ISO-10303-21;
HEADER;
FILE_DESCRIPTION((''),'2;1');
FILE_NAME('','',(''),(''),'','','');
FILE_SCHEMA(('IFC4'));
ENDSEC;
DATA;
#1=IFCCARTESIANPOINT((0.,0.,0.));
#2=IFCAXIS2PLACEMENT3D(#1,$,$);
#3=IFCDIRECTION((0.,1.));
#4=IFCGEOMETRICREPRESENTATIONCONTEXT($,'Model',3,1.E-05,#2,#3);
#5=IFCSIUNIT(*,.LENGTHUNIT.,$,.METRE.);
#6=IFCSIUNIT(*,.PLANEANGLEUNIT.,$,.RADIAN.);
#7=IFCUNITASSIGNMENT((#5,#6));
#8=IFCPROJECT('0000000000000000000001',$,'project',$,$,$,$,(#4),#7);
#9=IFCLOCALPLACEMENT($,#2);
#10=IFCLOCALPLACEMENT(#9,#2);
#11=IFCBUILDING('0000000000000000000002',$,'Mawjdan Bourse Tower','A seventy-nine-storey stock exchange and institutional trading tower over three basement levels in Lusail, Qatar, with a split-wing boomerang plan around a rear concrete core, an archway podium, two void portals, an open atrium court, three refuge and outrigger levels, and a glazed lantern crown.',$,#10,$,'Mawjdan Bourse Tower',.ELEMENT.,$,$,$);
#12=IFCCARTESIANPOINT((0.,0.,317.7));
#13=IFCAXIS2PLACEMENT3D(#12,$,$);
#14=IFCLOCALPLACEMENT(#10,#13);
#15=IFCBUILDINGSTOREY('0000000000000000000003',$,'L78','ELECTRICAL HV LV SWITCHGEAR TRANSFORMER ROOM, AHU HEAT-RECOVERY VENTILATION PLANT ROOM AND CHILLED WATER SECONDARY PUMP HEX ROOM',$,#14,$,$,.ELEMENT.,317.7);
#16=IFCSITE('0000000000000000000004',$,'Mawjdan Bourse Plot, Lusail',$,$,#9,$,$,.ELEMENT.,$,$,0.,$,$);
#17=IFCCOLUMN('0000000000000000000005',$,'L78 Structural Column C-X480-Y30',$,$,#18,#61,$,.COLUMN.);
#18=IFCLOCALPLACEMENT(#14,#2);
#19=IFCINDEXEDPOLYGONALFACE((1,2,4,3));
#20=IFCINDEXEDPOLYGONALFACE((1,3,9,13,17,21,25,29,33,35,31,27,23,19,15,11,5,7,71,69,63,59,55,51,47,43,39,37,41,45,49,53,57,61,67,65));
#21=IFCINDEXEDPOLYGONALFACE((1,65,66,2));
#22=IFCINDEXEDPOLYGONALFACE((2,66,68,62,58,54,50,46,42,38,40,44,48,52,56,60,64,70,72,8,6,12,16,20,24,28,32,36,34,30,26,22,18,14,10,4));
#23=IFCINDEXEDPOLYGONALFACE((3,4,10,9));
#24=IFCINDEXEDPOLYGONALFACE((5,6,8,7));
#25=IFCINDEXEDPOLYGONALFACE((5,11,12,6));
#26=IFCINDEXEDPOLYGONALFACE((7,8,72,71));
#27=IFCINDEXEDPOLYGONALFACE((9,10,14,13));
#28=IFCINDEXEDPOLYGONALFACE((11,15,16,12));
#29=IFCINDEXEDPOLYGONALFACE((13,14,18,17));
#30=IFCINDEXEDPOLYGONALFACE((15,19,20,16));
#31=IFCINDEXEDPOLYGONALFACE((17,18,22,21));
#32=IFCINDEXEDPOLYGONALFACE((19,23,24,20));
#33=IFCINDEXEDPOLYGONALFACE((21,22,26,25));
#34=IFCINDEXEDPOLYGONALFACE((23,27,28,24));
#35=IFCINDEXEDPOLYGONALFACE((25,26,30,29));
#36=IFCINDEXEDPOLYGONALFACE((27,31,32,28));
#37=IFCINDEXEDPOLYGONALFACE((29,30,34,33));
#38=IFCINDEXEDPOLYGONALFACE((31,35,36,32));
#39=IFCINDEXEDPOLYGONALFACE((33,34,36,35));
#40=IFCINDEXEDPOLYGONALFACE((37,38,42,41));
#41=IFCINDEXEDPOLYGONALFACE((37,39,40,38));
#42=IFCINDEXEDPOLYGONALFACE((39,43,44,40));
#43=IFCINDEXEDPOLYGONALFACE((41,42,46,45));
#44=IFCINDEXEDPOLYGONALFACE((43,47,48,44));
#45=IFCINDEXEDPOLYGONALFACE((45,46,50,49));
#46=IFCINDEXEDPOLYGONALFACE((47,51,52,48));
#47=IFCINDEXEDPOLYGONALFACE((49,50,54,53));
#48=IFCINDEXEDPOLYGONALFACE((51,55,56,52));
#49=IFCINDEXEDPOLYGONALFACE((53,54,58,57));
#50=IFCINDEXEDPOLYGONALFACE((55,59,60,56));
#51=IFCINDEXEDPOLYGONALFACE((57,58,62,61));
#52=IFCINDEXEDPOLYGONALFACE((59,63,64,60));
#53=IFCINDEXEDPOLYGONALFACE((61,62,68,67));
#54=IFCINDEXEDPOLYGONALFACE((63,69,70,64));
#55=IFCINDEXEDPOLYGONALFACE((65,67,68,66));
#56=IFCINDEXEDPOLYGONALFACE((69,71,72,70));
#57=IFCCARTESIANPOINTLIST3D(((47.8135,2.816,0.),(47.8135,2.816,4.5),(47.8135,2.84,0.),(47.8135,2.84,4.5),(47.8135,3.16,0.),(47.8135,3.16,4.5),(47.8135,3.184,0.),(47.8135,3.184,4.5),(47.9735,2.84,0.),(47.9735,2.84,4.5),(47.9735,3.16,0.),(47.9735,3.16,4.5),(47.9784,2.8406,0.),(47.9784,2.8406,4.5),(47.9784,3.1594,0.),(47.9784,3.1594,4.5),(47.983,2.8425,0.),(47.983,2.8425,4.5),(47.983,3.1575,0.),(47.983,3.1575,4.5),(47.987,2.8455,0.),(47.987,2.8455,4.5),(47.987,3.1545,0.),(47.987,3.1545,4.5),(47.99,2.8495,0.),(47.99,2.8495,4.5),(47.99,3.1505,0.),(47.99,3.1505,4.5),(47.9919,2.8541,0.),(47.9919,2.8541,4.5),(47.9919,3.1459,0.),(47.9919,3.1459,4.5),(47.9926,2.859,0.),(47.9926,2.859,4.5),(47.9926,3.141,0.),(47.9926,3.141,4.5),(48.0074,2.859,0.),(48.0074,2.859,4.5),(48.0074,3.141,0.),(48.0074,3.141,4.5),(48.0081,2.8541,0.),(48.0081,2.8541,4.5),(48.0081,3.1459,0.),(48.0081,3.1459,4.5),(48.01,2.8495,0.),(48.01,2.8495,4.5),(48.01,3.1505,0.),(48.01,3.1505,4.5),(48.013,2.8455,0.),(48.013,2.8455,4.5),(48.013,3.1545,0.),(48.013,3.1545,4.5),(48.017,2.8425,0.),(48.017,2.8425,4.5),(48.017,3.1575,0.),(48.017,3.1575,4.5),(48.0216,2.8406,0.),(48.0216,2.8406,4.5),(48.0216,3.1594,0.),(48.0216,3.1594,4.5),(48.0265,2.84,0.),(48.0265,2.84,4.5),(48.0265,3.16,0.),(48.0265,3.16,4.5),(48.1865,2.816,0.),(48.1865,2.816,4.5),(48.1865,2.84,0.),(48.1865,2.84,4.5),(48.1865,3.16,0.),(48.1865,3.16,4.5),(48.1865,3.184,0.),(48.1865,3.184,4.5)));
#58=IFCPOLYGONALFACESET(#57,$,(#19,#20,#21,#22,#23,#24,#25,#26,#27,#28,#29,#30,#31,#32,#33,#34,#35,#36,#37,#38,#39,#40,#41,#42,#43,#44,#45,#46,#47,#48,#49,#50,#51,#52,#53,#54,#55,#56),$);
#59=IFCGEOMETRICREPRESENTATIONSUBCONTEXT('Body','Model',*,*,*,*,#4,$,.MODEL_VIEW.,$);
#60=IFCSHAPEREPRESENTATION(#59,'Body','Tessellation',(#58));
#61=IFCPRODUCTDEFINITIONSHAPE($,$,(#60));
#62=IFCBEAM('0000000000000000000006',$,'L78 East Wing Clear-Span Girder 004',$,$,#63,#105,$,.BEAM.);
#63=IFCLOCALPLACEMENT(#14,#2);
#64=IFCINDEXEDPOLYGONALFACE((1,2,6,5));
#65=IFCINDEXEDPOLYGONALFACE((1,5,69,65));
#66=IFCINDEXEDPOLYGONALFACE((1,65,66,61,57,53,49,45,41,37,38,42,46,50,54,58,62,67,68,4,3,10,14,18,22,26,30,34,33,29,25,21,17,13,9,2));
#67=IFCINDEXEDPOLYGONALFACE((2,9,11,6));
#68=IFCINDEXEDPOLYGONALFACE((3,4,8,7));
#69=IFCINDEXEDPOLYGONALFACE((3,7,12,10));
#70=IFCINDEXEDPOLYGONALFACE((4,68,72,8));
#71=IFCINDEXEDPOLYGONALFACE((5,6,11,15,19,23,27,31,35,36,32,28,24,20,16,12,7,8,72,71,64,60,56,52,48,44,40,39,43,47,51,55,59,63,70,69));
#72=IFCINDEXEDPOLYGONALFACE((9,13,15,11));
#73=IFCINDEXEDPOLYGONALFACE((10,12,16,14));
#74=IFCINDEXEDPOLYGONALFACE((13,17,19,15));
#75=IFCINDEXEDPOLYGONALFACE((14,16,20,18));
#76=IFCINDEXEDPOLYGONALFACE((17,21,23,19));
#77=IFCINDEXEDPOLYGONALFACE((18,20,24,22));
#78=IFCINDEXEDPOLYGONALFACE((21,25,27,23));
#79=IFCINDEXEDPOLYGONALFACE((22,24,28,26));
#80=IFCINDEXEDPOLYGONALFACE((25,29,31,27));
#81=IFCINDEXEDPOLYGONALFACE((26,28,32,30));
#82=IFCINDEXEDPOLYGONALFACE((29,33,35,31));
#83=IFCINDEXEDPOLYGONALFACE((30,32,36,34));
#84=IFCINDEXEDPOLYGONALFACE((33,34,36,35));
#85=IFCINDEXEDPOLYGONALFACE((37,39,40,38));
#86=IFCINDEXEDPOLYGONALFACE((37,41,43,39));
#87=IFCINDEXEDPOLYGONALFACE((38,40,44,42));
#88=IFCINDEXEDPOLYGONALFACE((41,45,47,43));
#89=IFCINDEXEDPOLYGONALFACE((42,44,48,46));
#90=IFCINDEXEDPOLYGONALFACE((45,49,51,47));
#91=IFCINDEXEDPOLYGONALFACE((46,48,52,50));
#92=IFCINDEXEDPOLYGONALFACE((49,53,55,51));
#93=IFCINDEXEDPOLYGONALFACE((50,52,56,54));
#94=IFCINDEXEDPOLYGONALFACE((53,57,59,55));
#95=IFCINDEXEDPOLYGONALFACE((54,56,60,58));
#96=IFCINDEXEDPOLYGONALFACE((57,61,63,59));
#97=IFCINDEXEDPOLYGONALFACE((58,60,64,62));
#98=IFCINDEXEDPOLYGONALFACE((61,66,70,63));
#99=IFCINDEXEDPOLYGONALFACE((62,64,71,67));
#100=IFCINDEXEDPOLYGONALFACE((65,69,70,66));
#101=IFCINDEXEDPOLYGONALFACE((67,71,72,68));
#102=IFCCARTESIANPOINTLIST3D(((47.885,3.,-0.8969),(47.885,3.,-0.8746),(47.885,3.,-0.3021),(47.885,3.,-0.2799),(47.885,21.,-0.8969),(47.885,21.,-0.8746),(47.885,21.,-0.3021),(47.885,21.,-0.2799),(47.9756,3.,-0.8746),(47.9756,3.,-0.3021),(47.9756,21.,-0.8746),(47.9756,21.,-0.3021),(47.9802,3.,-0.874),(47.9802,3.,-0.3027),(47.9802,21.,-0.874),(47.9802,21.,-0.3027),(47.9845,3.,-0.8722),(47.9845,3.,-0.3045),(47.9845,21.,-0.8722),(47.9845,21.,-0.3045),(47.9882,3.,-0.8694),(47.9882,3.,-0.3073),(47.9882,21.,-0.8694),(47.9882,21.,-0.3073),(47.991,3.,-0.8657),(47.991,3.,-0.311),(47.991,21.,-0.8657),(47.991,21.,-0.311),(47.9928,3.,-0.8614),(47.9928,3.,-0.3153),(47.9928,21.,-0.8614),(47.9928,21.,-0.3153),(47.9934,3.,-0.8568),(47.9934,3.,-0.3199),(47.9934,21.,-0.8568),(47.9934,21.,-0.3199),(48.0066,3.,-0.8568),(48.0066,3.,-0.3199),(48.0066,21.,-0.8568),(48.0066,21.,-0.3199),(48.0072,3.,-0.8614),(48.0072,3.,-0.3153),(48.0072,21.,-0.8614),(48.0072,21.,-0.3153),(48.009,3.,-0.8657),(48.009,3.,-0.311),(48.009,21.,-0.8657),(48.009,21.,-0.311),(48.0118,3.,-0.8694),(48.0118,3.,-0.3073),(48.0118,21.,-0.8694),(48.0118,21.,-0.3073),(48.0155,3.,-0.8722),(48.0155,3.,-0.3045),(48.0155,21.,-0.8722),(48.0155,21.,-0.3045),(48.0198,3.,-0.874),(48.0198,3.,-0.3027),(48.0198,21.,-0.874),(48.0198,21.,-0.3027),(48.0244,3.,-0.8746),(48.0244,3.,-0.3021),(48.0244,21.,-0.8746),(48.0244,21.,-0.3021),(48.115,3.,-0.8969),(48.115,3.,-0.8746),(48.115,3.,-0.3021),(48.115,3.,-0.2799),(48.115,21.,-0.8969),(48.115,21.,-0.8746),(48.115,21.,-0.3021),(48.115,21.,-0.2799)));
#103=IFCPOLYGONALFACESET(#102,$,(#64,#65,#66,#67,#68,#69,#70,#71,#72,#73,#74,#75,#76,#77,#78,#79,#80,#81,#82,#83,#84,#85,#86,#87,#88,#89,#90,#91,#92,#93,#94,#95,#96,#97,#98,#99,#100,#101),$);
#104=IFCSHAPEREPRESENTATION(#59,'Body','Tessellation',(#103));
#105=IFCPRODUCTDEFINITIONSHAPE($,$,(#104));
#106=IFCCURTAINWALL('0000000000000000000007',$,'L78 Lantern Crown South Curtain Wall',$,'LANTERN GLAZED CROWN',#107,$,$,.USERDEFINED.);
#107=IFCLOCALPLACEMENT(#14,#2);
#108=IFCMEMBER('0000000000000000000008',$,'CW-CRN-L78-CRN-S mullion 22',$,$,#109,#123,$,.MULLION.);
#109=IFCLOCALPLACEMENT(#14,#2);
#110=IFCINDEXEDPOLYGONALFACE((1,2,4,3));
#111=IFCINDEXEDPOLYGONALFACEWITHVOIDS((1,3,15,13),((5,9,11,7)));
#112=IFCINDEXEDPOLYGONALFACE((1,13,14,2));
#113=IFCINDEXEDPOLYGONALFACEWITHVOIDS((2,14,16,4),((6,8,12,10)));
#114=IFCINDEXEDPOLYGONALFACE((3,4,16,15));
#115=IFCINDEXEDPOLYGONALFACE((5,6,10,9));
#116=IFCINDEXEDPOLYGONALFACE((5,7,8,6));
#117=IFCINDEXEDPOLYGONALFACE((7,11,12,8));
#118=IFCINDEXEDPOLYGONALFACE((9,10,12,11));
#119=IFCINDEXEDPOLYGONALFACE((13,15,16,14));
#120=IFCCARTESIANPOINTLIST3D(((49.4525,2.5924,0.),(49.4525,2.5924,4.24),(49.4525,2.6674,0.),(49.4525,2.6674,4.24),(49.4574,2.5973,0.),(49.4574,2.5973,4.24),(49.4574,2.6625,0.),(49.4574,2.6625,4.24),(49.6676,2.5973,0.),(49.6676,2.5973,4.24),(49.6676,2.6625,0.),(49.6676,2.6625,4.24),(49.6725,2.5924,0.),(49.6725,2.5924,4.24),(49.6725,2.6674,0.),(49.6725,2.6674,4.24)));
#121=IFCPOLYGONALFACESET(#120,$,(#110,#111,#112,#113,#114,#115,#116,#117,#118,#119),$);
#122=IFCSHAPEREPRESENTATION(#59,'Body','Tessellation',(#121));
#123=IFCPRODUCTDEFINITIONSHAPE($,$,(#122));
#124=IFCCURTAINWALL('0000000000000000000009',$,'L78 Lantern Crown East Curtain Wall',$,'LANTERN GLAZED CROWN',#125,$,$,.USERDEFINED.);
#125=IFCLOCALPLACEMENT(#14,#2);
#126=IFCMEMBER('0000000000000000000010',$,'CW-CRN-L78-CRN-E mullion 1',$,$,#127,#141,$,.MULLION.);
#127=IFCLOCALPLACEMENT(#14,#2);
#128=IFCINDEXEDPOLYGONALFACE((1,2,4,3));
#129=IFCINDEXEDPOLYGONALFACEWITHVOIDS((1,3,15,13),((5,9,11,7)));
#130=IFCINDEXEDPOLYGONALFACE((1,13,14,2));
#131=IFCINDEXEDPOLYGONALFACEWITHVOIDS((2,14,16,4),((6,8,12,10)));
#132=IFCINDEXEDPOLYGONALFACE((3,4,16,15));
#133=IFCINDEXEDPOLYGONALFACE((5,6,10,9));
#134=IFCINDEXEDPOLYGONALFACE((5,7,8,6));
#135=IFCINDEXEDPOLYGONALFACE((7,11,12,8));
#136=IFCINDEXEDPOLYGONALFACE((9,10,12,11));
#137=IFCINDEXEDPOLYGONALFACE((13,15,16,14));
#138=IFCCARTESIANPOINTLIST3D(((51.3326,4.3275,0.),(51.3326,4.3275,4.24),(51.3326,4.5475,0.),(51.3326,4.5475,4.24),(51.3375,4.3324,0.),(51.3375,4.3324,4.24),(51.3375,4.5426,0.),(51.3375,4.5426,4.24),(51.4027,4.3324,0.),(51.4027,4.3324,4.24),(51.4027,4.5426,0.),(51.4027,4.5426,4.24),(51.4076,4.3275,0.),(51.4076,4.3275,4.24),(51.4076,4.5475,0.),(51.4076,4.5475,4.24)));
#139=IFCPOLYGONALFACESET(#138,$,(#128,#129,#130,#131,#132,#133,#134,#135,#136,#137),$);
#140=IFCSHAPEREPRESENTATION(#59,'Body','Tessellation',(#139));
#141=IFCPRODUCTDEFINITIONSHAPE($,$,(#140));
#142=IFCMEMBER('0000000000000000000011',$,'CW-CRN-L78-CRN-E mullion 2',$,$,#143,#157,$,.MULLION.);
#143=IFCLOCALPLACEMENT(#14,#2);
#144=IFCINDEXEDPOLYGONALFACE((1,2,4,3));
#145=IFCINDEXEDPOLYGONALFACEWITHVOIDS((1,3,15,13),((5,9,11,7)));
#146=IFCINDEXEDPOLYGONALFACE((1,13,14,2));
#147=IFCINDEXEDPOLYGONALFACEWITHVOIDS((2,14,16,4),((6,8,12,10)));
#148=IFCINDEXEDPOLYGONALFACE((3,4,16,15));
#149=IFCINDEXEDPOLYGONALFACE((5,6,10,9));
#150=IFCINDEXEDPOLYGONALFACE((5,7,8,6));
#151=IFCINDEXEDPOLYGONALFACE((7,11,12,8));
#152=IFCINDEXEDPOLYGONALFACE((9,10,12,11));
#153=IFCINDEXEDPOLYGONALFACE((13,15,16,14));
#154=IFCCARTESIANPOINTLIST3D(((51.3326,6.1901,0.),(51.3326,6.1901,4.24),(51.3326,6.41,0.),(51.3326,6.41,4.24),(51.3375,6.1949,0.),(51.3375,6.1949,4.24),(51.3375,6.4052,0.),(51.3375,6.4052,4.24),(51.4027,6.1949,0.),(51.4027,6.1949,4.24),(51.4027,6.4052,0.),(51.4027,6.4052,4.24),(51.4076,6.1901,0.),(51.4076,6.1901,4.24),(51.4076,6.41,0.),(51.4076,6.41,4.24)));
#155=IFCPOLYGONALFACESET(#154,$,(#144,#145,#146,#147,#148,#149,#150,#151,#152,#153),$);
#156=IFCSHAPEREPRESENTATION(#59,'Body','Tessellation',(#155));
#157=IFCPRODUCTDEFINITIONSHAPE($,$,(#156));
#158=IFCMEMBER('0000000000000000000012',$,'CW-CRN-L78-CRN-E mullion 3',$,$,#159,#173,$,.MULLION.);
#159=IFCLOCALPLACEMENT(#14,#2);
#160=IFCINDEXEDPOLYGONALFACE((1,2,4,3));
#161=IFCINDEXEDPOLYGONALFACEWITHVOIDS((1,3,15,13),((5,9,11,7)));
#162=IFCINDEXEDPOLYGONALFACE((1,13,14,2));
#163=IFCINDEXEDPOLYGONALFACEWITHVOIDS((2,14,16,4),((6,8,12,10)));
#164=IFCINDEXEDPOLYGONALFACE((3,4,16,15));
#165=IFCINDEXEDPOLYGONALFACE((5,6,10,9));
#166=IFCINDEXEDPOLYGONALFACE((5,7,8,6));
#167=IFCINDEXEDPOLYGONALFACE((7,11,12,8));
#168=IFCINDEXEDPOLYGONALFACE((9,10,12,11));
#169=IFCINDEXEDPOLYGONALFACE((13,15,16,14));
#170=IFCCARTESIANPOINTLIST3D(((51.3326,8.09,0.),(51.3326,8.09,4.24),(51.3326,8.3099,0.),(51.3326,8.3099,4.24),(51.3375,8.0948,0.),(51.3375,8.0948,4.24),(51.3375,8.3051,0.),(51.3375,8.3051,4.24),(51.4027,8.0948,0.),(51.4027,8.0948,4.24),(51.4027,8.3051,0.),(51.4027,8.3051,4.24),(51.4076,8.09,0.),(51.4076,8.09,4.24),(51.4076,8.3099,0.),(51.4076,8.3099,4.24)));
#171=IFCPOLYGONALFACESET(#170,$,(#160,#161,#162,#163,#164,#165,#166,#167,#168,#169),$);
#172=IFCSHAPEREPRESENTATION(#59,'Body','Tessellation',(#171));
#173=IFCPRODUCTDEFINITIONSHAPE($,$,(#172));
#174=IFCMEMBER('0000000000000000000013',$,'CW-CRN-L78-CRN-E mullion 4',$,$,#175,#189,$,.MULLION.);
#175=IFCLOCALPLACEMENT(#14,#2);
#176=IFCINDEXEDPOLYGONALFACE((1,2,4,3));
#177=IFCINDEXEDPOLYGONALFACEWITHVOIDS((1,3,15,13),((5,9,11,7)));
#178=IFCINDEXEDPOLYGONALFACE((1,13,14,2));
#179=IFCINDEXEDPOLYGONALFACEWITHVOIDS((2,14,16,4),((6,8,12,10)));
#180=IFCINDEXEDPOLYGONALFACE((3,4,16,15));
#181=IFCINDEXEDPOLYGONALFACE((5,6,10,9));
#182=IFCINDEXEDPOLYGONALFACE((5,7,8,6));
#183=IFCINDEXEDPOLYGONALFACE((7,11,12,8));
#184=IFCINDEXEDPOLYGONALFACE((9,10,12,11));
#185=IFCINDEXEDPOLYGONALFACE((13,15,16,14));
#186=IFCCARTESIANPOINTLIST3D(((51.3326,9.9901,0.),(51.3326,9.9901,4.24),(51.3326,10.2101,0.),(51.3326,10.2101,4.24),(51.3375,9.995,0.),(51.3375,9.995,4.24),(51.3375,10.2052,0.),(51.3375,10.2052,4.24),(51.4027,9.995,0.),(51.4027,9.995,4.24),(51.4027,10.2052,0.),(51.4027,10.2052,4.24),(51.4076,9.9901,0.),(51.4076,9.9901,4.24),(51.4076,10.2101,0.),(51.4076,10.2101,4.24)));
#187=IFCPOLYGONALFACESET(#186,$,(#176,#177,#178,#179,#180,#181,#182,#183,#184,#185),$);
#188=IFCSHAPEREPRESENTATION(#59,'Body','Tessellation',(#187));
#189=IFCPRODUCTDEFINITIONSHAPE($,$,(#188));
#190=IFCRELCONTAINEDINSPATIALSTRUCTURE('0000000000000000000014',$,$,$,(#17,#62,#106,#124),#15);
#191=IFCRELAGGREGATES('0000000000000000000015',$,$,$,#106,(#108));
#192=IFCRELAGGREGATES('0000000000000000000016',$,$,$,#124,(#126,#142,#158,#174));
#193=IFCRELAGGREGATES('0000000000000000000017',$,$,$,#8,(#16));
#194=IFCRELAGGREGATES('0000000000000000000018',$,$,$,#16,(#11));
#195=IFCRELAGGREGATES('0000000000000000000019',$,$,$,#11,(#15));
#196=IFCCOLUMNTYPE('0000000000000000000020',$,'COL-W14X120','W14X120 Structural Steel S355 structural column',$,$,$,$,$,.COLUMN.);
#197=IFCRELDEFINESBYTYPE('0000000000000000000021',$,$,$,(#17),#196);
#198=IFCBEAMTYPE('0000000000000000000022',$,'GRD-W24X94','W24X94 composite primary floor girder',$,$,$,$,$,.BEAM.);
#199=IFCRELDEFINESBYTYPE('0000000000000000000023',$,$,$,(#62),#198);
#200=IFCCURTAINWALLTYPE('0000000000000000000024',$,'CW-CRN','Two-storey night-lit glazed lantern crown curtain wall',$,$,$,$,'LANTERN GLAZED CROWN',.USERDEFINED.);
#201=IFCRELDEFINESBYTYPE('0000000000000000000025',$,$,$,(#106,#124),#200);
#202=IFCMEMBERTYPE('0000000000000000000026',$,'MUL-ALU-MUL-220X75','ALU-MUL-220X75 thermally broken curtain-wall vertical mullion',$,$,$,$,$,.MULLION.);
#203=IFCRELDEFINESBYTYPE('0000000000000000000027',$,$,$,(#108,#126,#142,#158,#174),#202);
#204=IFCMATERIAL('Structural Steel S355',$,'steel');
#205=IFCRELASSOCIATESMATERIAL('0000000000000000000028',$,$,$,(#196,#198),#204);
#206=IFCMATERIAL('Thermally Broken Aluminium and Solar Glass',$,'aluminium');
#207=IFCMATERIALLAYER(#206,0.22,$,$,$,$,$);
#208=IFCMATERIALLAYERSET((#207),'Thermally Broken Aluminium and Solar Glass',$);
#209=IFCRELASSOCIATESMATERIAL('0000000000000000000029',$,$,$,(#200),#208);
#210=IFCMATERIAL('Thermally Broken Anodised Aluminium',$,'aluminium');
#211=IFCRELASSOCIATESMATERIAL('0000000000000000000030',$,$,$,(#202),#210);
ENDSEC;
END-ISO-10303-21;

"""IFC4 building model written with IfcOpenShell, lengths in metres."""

from ifc_helpers import new_model, si_unit, direction, frame, origin, origin_2d, place, context, subcontext, project, spatial, hollow_rectangle, i_section, extrude, material, layer, layer_set, material_profile, profile_set, type_object, element, aggregate, save


model = new_model("IFC4")

# Units and contexts
model_context = context("Model", 3, precision=1e-05, world=origin(), true_north=direction((0.0, 1.0)))
body_context = subcontext(model_context, "Body", "Model", "MODEL_VIEW")
ifc_project = project(units=[si_unit("LENGTHUNIT", "METRE"), si_unit("PLANEANGLEUNIT", "RADIAN")], contexts=[model_context])

# Site, building, storey
site_placement = place(None, origin())
site = spatial("IfcSite", under=ifc_project, at=site_placement, Name="Mawjdan Bourse Plot, Lusail", CompositionType="ELEMENT", RefElevation=0.0)
building_placement = place(site_placement, origin())
building = spatial("IfcBuilding", under=site, at=building_placement, Name="Mawjdan Bourse Tower", Description="A seventy-nine-storey stock exchange and institutional trading tower over three basement levels in Lusail, Qatar, with a split-wing boomerang plan around a rear concrete core, an archway podium, two void portals, an open atrium court, three refuge and outrigger levels, and a glazed lantern crown.", LongName="Mawjdan Bourse Tower", CompositionType="ELEMENT")
storey_placement = place(building_placement, frame((0.0, 0.0, 317.7)))
storey = spatial("IfcBuildingStorey", under=building, at=storey_placement, Name="L78", Description="ELECTRICAL HV LV SWITCHGEAR TRANSFORMER ROOM, AHU HEAT-RECOVERY VENTILATION PLANT ROOM AND CHILLED WATER SECONDARY PUMP HEX ROOM", CompositionType="ELEMENT", Elevation=317.7)

# Column
ifc_material_1 = material(Name="Structural Steel S355", Category="steel")
ifc_material_profile_1 = material_profile(ifc_material_1, i_section(OverallWidth=0.373, OverallDepth=0.3679, WebThickness=0.0149, FlangeThickness=0.0239, FilletRadius=0.019, at=origin_2d()), Name="W14X120")
ifc_profile_set_1 = profile_set([ifc_material_profile_1], Name="Structural Steel S355")
column_type = type_object("IfcColumnType", Name="COL-W14X120", Description="W14X120 Structural Steel S355 structural column", PredefinedType="COLUMN", material=ifc_profile_set_1)
column_placement = place(storey_placement, frame((48.0, 3.0, 0.0), z_axis=(0.0, 0.0, 1.0), x_axis=(1.0, 0.0, 0.0)))
element("IfcColumn", 1, at=column_placement, inside=storey, type_object=column_type, Name="L78 Structural Column C-X480-Y30", PredefinedType="COLUMN", context=body_context, shape_type="SweptSolid", body=[
    extrude(i_section(OverallWidth=0.373, OverallDepth=0.3679, WebThickness=0.0149, FlangeThickness=0.0239, FilletRadius=0.019, at=origin_2d()), origin(), (0.0, 0.0, 1.0), 4.5),
])

# Beam
ifc_material_profile_2 = material_profile(ifc_material_1, i_section(OverallWidth=0.23, OverallDepth=0.6169, WebThickness=0.0132, FlangeThickness=0.0222, FilletRadius=0.0178, at=origin_2d()), Name="W24X94")
ifc_profile_set_2 = profile_set([ifc_material_profile_2], Name="Structural Steel S355")
beam_type = type_object("IfcBeamType", Name="GRD-W24X94", Description="W24X94 composite primary floor girder", PredefinedType="BEAM", material=ifc_profile_set_2)
beam_placement = place(storey_placement, frame((48.0, 3.0, -0.5884), z_axis=(0.0, 1.0, 0.0), x_axis=(-1.0, 0.0, 0.0)))
element("IfcBeam", 2, at=beam_placement, inside=storey, type_object=beam_type, Name="L78 East Wing Clear-Span Girder 004", PredefinedType="BEAM", context=body_context, shape_type="SweptSolid", body=[
    extrude(i_section(OverallWidth=0.23, OverallDepth=0.6169, WebThickness=0.0132, FlangeThickness=0.0222, FilletRadius=0.0178, at=origin_2d()), origin(), (0.0, 0.0, 1.0), 18.0),
])

# Curtain wall, member
ifc_material_2 = material(Name="Thermally Broken Aluminium and Solar Glass", Category="aluminium")
ifc_layer_1 = layer(ifc_material_2, 0.22)
ifc_layer_set_1 = layer_set([ifc_layer_1], Name="Thermally Broken Aluminium and Solar Glass")
curtain_wall_type = type_object("IfcCurtainWallType", Name="CW-CRN", Description="Two-storey night-lit glazed lantern crown curtain wall", ElementType="LANTERN GLAZED CROWN", PredefinedType="USERDEFINED", material=ifc_layer_set_1)
curtain_wall_1_placement = place(storey_placement, origin())
curtain_wall_1 = element("IfcCurtainWall", 3, at=curtain_wall_1_placement, inside=storey, type_object=curtain_wall_type, Name="L78 Lantern Crown South Curtain Wall", ObjectType="LANTERN GLAZED CROWN", PredefinedType="USERDEFINED")
ifc_material_3 = material(Name="Thermally Broken Anodised Aluminium", Category="aluminium")
ifc_material_profile_3 = material_profile(ifc_material_3, hollow_rectangle(XDim=0.075, YDim=0.22, WallThickness=0.0049, at=origin_2d()), Name="ALU-MUL-220X75")
ifc_profile_set_3 = profile_set([ifc_material_profile_3], Name="Thermally Broken Anodised Aluminium")
member_type_1 = type_object("IfcMemberType", Name="MUL-ALU-MUL-220X75", Description="ALU-MUL-220X75 thermally broken curtain-wall vertical mullion", PredefinedType="MULLION", material=ifc_profile_set_3)
member_1_placement = place(storey_placement, frame((49.5625, 2.6299, 0.0), z_axis=(0.0, 0.0, 1.0), x_axis=(0.0, 1.0, 0.0)))
member_1 = element("IfcMember", 4, at=member_1_placement, type_object=member_type_1, Name="CW-CRN-L78-CRN-S mullion 22", PredefinedType="MULLION", context=body_context, shape_type="SweptSolid", body=[
    extrude(hollow_rectangle(XDim=0.075, YDim=0.22, WallThickness=0.0049, at=origin_2d()), origin(), (0.0, 0.0, 1.0), 4.24),
])

# Curtain wall, members
curtain_wall_2_placement = place(storey_placement, origin())
curtain_wall_2 = element("IfcCurtainWall", 5, at=curtain_wall_2_placement, inside=storey, type_object=curtain_wall_type, Name="L78 Lantern Crown East Curtain Wall", ObjectType="LANTERN GLAZED CROWN", PredefinedType="USERDEFINED")
member_2_placement = place(storey_placement, frame((51.3701, 4.4375, 0.0), z_axis=(0.0, 0.0, 1.0), x_axis=(-1.0, 0.0, 0.0)))
member_2 = element("IfcMember", 6, at=member_2_placement, type_object=member_type_1, Name="CW-CRN-L78-CRN-E mullion 1", PredefinedType="MULLION", context=body_context, shape_type="SweptSolid", body=[
    extrude(hollow_rectangle(XDim=0.075, YDim=0.22, WallThickness=0.0049, at=origin_2d()), origin(), (0.0, 0.0, 1.0), 4.24),
])
member_3_placement = place(storey_placement, frame((51.3701, 6.3, 0.0), z_axis=(0.0, 0.0, 1.0), x_axis=(-1.0, 0.0, 0.0)))
member_3 = element("IfcMember", 7, at=member_3_placement, type_object=member_type_1, Name="CW-CRN-L78-CRN-E mullion 2", PredefinedType="MULLION", context=body_context, shape_type="SweptSolid", body=[
    extrude(hollow_rectangle(XDim=0.075, YDim=0.22, WallThickness=0.0049, at=origin_2d()), origin(), (0.0, 0.0, 1.0), 4.24),
])
member_4_placement = place(storey_placement, frame((51.3701, 8.2, 0.0), z_axis=(0.0, 0.0, 1.0), x_axis=(-1.0, 0.0, 0.0)))
member_4 = element("IfcMember", 8, at=member_4_placement, type_object=member_type_1, Name="CW-CRN-L78-CRN-E mullion 3", PredefinedType="MULLION", context=body_context, shape_type="SweptSolid", body=[
    extrude(hollow_rectangle(XDim=0.075, YDim=0.22, WallThickness=0.0049, at=origin_2d()), origin(), (0.0, 0.0, 1.0), 4.24),
])
member_5_placement = place(storey_placement, frame((51.3701, 10.1001, 0.0), z_axis=(0.0, 0.0, 1.0), x_axis=(-1.0, 0.0, 0.0)))
member_5 = element("IfcMember", 9, at=member_5_placement, type_object=member_type_1, Name="CW-CRN-L78-CRN-E mullion 4", PredefinedType="MULLION", context=body_context, shape_type="SweptSolid", body=[
    extrude(hollow_rectangle(XDim=0.075, YDim=0.22, WallThickness=0.0049, at=origin_2d()), origin(), (0.0, 0.0, 1.0), 4.24),
])

aggregate(curtain_wall_1, [member_1])
aggregate(curtain_wall_2, [member_2, member_3, member_4, member_5])

save(model, "model.ifc")
